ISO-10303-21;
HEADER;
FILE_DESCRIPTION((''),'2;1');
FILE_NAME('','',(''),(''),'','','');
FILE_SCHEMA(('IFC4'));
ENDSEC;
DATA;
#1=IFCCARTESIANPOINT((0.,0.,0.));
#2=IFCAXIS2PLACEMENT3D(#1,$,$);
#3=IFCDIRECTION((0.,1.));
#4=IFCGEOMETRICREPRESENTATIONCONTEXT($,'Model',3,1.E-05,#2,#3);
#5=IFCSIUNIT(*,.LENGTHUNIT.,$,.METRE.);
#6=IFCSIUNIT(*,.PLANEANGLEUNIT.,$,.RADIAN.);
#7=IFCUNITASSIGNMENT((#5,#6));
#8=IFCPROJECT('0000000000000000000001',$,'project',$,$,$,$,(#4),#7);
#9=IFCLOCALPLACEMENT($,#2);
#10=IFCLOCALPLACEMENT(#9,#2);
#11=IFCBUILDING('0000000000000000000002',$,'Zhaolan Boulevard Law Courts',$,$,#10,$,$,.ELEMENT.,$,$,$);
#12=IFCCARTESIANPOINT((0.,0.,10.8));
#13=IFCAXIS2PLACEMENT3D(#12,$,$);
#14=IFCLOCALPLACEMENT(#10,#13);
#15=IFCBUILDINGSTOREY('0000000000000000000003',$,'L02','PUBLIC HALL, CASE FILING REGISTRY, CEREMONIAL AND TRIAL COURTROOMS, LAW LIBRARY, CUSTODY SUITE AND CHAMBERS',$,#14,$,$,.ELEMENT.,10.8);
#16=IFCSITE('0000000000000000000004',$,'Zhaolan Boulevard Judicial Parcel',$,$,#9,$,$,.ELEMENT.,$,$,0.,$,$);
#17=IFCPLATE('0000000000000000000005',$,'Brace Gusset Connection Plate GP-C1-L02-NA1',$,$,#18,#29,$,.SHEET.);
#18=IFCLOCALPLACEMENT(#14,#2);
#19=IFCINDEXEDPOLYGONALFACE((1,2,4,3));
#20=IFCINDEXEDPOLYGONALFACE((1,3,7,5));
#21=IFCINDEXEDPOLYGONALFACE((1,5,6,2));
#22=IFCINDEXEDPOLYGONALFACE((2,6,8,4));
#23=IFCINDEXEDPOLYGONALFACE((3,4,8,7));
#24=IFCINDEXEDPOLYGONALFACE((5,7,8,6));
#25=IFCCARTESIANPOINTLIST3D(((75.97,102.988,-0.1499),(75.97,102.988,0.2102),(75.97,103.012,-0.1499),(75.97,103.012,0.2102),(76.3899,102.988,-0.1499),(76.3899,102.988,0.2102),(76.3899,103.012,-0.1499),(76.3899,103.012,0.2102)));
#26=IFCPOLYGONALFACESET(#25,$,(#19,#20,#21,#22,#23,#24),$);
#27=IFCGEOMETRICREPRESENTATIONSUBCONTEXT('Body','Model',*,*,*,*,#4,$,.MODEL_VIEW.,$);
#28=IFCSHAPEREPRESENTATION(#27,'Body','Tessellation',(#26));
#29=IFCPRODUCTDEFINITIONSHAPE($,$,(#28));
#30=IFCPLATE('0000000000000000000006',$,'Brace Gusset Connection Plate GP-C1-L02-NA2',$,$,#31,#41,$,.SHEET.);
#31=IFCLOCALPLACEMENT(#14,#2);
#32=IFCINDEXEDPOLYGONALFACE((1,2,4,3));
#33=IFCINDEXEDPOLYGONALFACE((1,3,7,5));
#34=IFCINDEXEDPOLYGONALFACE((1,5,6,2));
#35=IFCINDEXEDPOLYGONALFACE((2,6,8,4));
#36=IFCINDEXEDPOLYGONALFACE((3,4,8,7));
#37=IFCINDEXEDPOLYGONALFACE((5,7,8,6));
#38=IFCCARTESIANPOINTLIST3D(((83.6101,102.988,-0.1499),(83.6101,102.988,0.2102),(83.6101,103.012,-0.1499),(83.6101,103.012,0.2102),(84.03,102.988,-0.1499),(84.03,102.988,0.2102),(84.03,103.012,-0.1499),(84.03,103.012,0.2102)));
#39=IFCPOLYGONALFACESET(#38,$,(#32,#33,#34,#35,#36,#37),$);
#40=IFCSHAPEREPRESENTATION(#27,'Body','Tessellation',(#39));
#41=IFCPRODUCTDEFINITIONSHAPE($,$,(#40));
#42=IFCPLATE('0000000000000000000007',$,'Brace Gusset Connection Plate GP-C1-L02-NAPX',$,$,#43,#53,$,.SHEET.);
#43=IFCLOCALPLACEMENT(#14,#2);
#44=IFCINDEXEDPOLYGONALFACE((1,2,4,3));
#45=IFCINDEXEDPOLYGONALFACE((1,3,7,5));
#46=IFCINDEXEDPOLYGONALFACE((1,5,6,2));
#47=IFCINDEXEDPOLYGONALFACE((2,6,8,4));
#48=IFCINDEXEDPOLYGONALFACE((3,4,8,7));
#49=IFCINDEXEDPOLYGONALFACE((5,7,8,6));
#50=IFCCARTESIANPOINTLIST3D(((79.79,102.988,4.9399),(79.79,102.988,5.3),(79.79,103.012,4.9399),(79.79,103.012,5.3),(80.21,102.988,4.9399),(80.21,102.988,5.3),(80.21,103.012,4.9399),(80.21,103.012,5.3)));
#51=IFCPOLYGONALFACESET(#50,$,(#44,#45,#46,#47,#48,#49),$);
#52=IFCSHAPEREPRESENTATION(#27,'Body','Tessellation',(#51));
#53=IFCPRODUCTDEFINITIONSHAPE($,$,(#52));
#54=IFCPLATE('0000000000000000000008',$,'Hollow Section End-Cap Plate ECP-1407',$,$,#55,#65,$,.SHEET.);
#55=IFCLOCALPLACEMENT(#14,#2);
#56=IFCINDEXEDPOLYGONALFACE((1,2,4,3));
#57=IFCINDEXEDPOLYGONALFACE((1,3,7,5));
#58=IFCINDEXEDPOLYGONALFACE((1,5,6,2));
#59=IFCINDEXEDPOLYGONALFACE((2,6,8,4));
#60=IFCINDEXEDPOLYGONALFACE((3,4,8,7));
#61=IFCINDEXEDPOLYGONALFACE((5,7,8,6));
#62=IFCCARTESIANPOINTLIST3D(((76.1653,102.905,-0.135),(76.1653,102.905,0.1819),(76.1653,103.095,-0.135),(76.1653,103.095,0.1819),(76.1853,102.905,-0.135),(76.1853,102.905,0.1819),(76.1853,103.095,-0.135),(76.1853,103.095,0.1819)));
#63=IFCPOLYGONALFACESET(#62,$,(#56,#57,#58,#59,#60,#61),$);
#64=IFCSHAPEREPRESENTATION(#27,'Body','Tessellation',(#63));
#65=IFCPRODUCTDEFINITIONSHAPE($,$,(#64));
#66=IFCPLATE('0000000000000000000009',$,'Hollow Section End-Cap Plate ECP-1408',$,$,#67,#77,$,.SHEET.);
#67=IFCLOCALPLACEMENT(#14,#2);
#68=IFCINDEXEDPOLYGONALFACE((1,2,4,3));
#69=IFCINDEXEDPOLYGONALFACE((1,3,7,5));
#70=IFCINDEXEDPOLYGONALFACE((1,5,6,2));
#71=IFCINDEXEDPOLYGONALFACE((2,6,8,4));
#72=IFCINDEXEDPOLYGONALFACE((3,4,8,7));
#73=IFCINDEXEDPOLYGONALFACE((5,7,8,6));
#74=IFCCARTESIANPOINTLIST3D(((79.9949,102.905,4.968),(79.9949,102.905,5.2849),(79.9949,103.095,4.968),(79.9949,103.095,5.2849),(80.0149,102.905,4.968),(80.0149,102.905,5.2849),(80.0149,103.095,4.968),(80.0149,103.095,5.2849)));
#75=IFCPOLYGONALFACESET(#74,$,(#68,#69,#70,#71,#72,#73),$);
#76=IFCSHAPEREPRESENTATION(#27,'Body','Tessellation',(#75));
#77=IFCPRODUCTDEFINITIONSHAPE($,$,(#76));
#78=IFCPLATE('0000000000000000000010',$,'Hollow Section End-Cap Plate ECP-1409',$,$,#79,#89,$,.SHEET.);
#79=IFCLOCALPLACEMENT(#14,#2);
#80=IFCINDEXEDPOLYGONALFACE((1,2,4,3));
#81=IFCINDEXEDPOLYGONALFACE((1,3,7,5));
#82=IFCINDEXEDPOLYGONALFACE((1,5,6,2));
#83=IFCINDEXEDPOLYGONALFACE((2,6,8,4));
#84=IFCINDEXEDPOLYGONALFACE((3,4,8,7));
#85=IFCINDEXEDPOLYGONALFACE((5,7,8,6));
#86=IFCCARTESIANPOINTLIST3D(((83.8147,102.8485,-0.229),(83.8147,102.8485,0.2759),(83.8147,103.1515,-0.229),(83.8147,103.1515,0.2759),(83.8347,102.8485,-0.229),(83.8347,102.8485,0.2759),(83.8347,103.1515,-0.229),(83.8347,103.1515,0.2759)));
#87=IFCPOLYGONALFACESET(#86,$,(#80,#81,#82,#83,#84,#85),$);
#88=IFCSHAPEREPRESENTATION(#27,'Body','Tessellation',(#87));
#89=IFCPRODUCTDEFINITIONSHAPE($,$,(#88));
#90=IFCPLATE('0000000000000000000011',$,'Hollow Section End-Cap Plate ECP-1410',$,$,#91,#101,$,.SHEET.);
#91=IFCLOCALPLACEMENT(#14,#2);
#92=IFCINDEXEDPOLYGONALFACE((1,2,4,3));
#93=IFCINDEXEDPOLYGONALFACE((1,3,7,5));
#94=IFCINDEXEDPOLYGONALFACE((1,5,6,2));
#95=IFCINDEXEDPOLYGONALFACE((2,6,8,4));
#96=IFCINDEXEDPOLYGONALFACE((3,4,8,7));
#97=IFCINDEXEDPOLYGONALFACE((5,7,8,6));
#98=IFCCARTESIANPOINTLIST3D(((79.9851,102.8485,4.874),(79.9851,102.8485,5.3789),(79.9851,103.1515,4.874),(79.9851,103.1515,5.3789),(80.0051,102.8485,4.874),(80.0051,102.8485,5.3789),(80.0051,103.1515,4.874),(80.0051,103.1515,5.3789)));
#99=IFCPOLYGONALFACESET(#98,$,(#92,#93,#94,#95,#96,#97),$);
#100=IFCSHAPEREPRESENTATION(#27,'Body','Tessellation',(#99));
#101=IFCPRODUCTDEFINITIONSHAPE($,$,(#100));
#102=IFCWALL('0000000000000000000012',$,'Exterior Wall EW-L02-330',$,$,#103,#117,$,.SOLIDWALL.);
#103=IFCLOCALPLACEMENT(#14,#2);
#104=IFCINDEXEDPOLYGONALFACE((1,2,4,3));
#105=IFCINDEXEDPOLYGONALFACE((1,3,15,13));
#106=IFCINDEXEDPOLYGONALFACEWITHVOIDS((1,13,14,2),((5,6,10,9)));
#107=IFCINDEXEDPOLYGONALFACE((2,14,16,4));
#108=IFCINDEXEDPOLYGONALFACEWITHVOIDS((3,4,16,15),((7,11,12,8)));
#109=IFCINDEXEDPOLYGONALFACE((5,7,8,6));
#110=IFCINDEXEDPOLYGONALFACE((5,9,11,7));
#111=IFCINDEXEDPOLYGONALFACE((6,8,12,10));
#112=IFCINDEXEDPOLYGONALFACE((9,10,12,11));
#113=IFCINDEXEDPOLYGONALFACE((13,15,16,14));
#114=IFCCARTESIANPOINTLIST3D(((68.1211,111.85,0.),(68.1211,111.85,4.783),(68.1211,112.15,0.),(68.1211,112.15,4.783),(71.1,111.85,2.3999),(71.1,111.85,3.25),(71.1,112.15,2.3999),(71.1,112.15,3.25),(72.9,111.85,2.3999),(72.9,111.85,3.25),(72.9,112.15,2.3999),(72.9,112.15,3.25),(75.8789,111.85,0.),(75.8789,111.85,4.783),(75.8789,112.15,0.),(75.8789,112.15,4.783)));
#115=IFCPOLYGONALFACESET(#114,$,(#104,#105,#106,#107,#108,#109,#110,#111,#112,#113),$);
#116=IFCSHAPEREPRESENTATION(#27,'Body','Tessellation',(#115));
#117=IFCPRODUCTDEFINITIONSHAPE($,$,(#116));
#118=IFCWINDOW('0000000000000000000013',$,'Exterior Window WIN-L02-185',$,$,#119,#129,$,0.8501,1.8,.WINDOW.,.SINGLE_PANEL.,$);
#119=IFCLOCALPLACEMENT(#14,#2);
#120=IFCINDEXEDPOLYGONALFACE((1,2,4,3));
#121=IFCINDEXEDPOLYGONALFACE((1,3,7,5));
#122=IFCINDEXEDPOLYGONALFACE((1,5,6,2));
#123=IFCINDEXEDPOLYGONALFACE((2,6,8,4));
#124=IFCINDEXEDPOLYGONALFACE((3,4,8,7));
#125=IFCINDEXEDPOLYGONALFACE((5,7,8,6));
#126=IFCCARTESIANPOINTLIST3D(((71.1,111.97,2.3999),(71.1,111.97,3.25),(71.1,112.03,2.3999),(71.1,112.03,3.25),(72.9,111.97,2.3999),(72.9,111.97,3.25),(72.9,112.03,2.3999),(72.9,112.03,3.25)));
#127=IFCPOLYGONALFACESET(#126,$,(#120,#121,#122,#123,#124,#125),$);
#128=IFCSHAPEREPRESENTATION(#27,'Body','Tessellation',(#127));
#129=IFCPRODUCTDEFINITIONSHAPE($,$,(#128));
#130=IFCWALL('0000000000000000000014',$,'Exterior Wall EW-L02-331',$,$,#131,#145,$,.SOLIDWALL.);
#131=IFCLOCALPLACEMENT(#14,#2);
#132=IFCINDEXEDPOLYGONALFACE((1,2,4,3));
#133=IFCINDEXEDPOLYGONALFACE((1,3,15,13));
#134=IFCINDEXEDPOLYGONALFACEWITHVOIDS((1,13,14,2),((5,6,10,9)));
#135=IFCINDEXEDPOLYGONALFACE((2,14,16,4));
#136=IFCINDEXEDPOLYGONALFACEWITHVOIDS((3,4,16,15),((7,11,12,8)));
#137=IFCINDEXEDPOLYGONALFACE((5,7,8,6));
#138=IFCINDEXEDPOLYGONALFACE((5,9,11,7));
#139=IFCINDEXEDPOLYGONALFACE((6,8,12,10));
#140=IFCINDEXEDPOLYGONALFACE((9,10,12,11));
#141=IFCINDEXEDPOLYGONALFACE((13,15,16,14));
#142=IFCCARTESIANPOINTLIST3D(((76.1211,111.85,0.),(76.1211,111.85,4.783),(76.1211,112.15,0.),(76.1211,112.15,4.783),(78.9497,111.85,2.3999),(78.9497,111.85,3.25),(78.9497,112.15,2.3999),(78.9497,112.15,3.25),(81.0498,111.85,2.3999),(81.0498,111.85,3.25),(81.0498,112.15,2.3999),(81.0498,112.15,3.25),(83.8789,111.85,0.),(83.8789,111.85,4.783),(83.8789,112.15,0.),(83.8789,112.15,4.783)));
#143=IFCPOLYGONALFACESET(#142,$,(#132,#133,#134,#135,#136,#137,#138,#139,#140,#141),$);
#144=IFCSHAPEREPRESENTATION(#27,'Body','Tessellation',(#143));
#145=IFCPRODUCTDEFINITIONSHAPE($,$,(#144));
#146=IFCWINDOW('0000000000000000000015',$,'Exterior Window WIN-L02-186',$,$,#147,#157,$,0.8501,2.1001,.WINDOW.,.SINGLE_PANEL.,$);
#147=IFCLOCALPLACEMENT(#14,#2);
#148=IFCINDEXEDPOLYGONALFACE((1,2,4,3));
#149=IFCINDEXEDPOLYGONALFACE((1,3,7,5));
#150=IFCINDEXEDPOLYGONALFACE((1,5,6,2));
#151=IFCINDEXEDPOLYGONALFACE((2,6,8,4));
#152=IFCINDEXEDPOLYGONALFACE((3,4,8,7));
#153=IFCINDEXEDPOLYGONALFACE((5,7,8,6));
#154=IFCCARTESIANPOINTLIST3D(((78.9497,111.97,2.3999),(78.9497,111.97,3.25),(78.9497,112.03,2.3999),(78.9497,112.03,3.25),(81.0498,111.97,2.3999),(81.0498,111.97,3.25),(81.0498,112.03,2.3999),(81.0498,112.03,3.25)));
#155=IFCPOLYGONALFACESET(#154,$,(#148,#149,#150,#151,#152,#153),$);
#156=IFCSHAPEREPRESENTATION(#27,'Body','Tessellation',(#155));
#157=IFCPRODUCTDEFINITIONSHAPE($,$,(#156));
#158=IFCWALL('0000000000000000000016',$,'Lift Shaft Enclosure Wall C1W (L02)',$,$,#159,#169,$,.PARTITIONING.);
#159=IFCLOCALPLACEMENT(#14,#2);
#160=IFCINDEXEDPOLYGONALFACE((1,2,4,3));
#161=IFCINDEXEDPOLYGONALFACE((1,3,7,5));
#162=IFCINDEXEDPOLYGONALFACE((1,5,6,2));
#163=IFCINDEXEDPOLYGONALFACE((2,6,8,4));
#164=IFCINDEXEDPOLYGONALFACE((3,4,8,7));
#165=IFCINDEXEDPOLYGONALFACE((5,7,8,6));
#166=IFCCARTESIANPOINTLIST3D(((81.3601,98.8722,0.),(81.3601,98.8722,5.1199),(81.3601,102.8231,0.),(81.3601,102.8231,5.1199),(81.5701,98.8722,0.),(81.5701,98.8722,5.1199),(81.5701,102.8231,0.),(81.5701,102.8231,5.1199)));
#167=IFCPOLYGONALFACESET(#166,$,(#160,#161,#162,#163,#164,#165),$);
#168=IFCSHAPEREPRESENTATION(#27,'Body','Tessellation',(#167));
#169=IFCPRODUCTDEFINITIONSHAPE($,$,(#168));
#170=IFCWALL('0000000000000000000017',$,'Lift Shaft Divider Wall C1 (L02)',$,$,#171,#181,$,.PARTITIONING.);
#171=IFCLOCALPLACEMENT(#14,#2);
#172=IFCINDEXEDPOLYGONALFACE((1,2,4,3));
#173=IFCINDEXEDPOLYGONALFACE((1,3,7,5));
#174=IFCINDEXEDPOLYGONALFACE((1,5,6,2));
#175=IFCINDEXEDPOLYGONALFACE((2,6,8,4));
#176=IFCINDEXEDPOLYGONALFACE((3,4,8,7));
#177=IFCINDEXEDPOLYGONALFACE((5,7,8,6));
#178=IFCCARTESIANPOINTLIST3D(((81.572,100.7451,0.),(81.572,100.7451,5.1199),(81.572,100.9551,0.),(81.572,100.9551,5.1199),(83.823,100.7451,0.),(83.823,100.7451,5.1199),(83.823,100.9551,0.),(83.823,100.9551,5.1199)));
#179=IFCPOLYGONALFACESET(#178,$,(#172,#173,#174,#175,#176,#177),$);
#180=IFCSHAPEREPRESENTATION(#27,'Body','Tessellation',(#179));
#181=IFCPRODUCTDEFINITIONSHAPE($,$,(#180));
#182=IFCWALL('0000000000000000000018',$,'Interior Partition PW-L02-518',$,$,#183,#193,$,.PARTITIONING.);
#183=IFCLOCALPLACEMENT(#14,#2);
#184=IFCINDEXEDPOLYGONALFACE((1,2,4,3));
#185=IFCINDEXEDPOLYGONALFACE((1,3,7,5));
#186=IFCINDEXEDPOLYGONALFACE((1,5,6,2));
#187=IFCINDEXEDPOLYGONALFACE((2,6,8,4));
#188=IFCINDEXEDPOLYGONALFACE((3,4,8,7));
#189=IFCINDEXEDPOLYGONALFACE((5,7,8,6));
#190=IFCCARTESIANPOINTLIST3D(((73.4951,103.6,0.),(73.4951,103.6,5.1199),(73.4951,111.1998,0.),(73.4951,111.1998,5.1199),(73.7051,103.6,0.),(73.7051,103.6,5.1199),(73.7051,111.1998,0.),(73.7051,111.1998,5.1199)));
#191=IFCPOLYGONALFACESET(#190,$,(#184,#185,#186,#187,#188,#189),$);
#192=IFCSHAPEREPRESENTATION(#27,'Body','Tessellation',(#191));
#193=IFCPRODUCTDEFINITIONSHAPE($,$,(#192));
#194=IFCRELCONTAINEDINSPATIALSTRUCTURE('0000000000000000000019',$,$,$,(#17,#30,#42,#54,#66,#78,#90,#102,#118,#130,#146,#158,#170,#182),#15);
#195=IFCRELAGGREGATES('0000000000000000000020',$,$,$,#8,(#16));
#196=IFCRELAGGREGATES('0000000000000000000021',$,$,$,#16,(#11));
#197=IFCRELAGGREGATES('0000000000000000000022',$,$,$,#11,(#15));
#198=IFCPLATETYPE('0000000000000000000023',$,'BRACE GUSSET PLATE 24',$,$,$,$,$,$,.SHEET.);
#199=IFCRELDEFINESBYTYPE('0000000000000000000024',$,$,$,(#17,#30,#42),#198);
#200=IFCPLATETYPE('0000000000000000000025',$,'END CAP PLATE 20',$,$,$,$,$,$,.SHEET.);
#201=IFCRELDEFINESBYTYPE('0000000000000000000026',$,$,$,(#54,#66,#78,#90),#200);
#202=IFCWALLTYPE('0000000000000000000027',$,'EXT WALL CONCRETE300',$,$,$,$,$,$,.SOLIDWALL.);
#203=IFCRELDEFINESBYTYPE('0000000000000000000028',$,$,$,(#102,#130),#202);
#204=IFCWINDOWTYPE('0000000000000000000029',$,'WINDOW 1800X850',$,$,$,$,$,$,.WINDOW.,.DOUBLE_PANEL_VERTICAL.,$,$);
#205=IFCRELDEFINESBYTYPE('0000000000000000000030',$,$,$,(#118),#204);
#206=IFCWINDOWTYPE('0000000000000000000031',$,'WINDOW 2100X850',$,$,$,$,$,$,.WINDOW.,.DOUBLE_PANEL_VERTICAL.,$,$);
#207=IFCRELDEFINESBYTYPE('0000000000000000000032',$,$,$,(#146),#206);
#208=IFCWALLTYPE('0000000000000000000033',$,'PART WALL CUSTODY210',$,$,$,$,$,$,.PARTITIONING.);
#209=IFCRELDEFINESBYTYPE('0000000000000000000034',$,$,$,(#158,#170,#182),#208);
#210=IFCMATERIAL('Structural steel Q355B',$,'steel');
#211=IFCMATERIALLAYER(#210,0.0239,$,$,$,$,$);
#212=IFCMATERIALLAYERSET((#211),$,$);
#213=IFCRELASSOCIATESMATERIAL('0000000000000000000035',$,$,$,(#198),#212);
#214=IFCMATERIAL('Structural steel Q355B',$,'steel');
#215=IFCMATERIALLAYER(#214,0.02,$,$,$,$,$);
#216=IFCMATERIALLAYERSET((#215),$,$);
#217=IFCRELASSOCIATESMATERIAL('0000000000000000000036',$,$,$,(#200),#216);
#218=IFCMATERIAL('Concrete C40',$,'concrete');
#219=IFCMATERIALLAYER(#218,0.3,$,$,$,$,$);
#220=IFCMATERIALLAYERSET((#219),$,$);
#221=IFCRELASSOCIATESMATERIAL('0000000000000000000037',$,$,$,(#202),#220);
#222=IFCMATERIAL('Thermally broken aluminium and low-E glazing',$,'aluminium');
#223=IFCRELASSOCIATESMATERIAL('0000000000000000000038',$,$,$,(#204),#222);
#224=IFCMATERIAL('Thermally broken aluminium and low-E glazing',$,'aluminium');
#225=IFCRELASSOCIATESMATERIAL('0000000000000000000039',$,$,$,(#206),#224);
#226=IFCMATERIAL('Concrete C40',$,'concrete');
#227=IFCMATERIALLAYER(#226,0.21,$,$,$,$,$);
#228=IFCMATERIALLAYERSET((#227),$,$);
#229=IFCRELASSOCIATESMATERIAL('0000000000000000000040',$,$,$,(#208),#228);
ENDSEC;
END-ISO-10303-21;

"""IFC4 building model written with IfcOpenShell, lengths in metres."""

from ifc_helpers import new_model, si_unit, direction, frame, frame_2d, origin, origin_2d, place, context, subcontext, project, spatial, rectangle, extrude, material, layer, layer_set, type_object, element, fill, save


model = new_model("IFC4")

# Units and contexts
model_context = context("Model", 3, precision=1e-05, world=origin(), true_north=direction((0.0, 1.0)))
body_context = subcontext(model_context, "Body", "Model", "MODEL_VIEW")
ifc_project = project(units=[si_unit("LENGTHUNIT", "METRE"), si_unit("PLANEANGLEUNIT", "RADIAN")], contexts=[model_context])

# Site, building, storey
site_placement = place(None, origin())
site = spatial("IfcSite", under=ifc_project, at=site_placement, Name="Zhaolan Boulevard Judicial Parcel", CompositionType="ELEMENT", RefElevation=0.0)
building_placement = place(site_placement, origin())
building = spatial("IfcBuilding", under=site, at=building_placement, Name="Zhaolan Boulevard Law Courts", CompositionType="ELEMENT")
storey_placement = place(building_placement, frame((0.0, 0.0, 10.8)))
storey = spatial("IfcBuildingStorey", under=building, at=storey_placement, Name="L02", Description="PUBLIC HALL, CASE FILING REGISTRY, CEREMONIAL AND TRIAL COURTROOMS, LAW LIBRARY, CUSTODY SUITE AND CHAMBERS", CompositionType="ELEMENT", Elevation=10.8)

# Plates
ifc_material_1 = material(Name="Structural steel Q355B", Category="steel")
ifc_layer_1 = layer(ifc_material_1, 0.0239)
ifc_layer_set_1 = layer_set([ifc_layer_1])
plate_type_1 = type_object("IfcPlateType", Name="BRACE GUSSET PLATE 24", PredefinedType="SHEET", material=ifc_layer_set_1)
for number, where, z_axis, x_axis, name in (
    (1, (76.1799, 103.0, -0.1499), (0.0, 0.0, 1.0), (1.0, 0.0, 0.0), "Brace Gusset Connection Plate GP-C1-L02-NA1"),
    (2, (83.8201, 103.0, -0.1499), (0.0, 0.0, 1.0), (1.0, 0.0, 0.0), "Brace Gusset Connection Plate GP-C1-L02-NA2"),
    (3, (80.0, 103.0, 4.9399), (0.0, 0.0, 1.0), (1.0, 0.0, 0.0), "Brace Gusset Connection Plate GP-C1-L02-NAPX"),
):
    element("IfcPlate", number, at=place(storey_placement, frame(where, z_axis=z_axis, x_axis=x_axis)), inside=storey, type_object=plate_type_1, Name=name, PredefinedType="SHEET", context=body_context, shape_type="SweptSolid", body=[
        extrude(rectangle(XDim=0.4199, YDim=0.0239, at=origin_2d()), origin(), (0.0, 0.0, 1.0), 0.3601),
    ])
ifc_material_2 = material(Name="Structural steel Q355B", Category="steel")
ifc_layer_2 = layer(ifc_material_2, 0.02)
ifc_layer_set_2 = layer_set([ifc_layer_2])
plate_type_2 = type_object("IfcPlateType", Name="END CAP PLATE 20", PredefinedType="SHEET", material=ifc_layer_set_2)
for number, where, z_axis, x_axis, name in (
    (4, (76.1753, 103.0, -0.135), (0.0, 0.0, 1.0), (1.0, 0.0, 0.0), "Hollow Section End-Cap Plate ECP-1407"),
    (5, (80.0049, 103.0, 4.968), (0.0, 0.0, 1.0), (1.0, 0.0, 0.0), "Hollow Section End-Cap Plate ECP-1408"),
):
    element("IfcPlate", number, at=place(storey_placement, frame(where, z_axis=z_axis, x_axis=x_axis)), inside=storey, type_object=plate_type_2, Name=name, PredefinedType="SHEET", context=body_context, shape_type="SweptSolid", body=[
        extrude(rectangle(XDim=0.02, YDim=0.1899, at=origin_2d()), origin(), (0.0, 0.0, 1.0), 0.3169),
    ])
for number, where, z_axis, x_axis, name in (
    (6, (83.8247, 103.0, -0.229), (0.0, 0.0, 1.0), (-1.0, 0.0, 0.0), "Hollow Section End-Cap Plate ECP-1409"),
    (7, (79.9951, 103.0, 4.874), (0.0, 0.0, 1.0), (-1.0, 0.0, 0.0), "Hollow Section End-Cap Plate ECP-1410"),
):
    element("IfcPlate", number, at=place(storey_placement, frame(where, z_axis=z_axis, x_axis=x_axis)), inside=storey, type_object=plate_type_2, Name=name, PredefinedType="SHEET", context=body_context, shape_type="SweptSolid", body=[
        extrude(rectangle(XDim=0.02, YDim=0.303, at=origin_2d()), origin(), (0.0, 0.0, 1.0), 0.5049),
    ])

# Walls, openings, windows
ifc_material_3 = material(Name="Concrete C40", Category="concrete")
ifc_layer_3 = layer(ifc_material_3, 0.3)
ifc_layer_set_3 = layer_set([ifc_layer_3])
wall_type_1 = type_object("IfcWallType", Name="EXT WALL CONCRETE300", PredefinedType="SOLIDWALL", material=ifc_layer_set_3)
wall_1_placement = place(storey_placement, frame((75.8789, 112.0, 0.0), z_axis=(0.0, 0.0, 1.0), x_axis=(-1.0, 0.0, 0.0)))
wall_1 = element("IfcWall", 8, at=wall_1_placement, inside=storey, type_object=wall_type_1, Name="Exterior Wall EW-L02-330", PredefinedType="SOLIDWALL", context=body_context, shape_type="SweptSolid", body=[
    extrude(rectangle(XDim=7.7578, YDim=0.3, at=frame_2d((3.8789, 0.0))), origin(), (0.0, 0.0, 1.0), 4.783),
])
opening_1_placement = place(wall_1_placement, frame((2.979, 0.0, 2.3999)))
opening_1 = element("IfcOpeningElement", 9, at=opening_1_placement, cuts=wall_1, PredefinedType="OPENING", context=body_context, shape_type="SweptSolid", body=[
    extrude(rectangle(XDim=1.8, YDim=0.8501, at=frame_2d((0.8999, 0.425))), frame((0.0, 0.1599, 0.0), z_axis=(0.0, -1.0, 0.0), x_axis=(1.0, 0.0, 0.0)), (0.0, 0.0, 1.0), 0.3201),
])
ifc_material_4 = material(Name="Thermally broken aluminium and low-E glazing", Category="aluminium")
window_type_1 = type_object("IfcWindowType", Name="WINDOW 1800X850", PartitioningType="DOUBLE_PANEL_VERTICAL", PredefinedType="WINDOW", material=ifc_material_4)
window_1_placement = place(opening_1_placement, origin())
window_1 = element("IfcWindow", 10, at=window_1_placement, inside=storey, type_object=window_type_1, Name="Exterior Window WIN-L02-185", OverallHeight=0.8501, OverallWidth=1.8, PartitioningType="SINGLE_PANEL", PredefinedType="WINDOW", context=body_context, shape_type="SweptSolid", body=[
    extrude(rectangle(XDim=1.8, YDim=0.8501, at=frame_2d((0.8999, 0.425))), frame((0.0, 0.03, 0.0), z_axis=(0.0, -1.0, 0.0), x_axis=(1.0, 0.0, 0.0)), (0.0, 0.0, 1.0), 0.0601),
])
fill(opening_1, window_1)
wall_2_placement = place(storey_placement, frame((83.8789, 112.0, 0.0), z_axis=(0.0, 0.0, 1.0), x_axis=(-1.0, 0.0, 0.0)))
wall_2 = element("IfcWall", 11, at=wall_2_placement, inside=storey, type_object=wall_type_1, Name="Exterior Wall EW-L02-331", PredefinedType="SOLIDWALL", context=body_context, shape_type="SweptSolid", body=[
    extrude(rectangle(XDim=7.7578, YDim=0.3, at=frame_2d((3.8789, 0.0))), origin(), (0.0, 0.0, 1.0), 4.783),
])
opening_2_placement = place(wall_2_placement, frame((2.8291, 0.0, 2.3999)))
opening_2 = element("IfcOpeningElement", 12, at=opening_2_placement, cuts=wall_2, PredefinedType="OPENING", context=body_context, shape_type="SweptSolid", body=[
    extrude(rectangle(XDim=2.1001, YDim=0.8501, at=frame_2d((1.05, 0.425))), frame((0.0, 0.1599, 0.0), z_axis=(0.0, -1.0, 0.0), x_axis=(1.0, 0.0, 0.0)), (0.0, 0.0, 1.0), 0.3201),
])
ifc_material_5 = material(Name="Thermally broken aluminium and low-E glazing", Category="aluminium")
window_type_2 = type_object("IfcWindowType", Name="WINDOW 2100X850", PartitioningType="DOUBLE_PANEL_VERTICAL", PredefinedType="WINDOW", material=ifc_material_5)
window_2_placement = place(opening_2_placement, origin())
window_2 = element("IfcWindow", 13, at=window_2_placement, inside=storey, type_object=window_type_2, Name="Exterior Window WIN-L02-186", OverallHeight=0.8501, OverallWidth=2.1001, PartitioningType="SINGLE_PANEL", PredefinedType="WINDOW", context=body_context, shape_type="SweptSolid", body=[
    extrude(rectangle(XDim=2.1001, YDim=0.8501, at=frame_2d((1.05, 0.425))), frame((0.0, 0.03, 0.0), z_axis=(0.0, -1.0, 0.0), x_axis=(1.0, 0.0, 0.0)), (0.0, 0.0, 1.0), 0.0601),
])
fill(opening_2, window_2)

# Walls
ifc_material_6 = material(Name="Concrete C40", Category="concrete")
ifc_layer_4 = layer(ifc_material_6, 0.21)
ifc_layer_set_4 = layer_set([ifc_layer_4])
wall_type_2 = type_object("IfcWallType", Name="PART WALL CUSTODY210", PredefinedType="PARTITIONING", material=ifc_layer_set_4)
wall_3_placement = place(storey_placement, frame((81.4651, 98.8721, 0.0), z_axis=(0.0, 0.0, 1.0), x_axis=(0.0, 1.0, 0.0)))
element("IfcWall", 14, at=wall_3_placement, inside=storey, type_object=wall_type_2, Name="Lift Shaft Enclosure Wall C1W (L02)", PredefinedType="PARTITIONING", context=body_context, shape_type="SweptSolid", body=[
    extrude(rectangle(XDim=3.9509, YDim=0.21, at=frame_2d((1.9756, 0.0))), origin(), (0.0, 0.0, 1.0), 5.1199),
])
wall_4_placement = place(storey_placement, frame((81.572, 100.8501, 0.0), z_axis=(0.0, 0.0, 1.0), x_axis=(1.0, 0.0, 0.0)))
element("IfcWall", 15, at=wall_4_placement, inside=storey, type_object=wall_type_2, Name="Lift Shaft Divider Wall C1 (L02)", PredefinedType="PARTITIONING", context=body_context, shape_type="SweptSolid", body=[
    extrude(rectangle(XDim=2.251, YDim=0.21, at=frame_2d((1.1255, 0.0))), origin(), (0.0, 0.0, 1.0), 5.1199),
])
wall_5_placement = place(storey_placement, frame((73.6001, 103.6001, 0.0), z_axis=(0.0, 0.0, 1.0), x_axis=(0.0, 1.0, 0.0)))
element("IfcWall", 16, at=wall_5_placement, inside=storey, type_object=wall_type_2, Name="Interior Partition PW-L02-518", PredefinedType="PARTITIONING", context=body_context, shape_type="SweptSolid", body=[
    extrude(rectangle(XDim=7.5999, YDim=0.21, at=frame_2d((3.7998, 0.0))), origin(), (0.0, 0.0, 1.0), 5.1199),
])

save(model, "model.ifc")
